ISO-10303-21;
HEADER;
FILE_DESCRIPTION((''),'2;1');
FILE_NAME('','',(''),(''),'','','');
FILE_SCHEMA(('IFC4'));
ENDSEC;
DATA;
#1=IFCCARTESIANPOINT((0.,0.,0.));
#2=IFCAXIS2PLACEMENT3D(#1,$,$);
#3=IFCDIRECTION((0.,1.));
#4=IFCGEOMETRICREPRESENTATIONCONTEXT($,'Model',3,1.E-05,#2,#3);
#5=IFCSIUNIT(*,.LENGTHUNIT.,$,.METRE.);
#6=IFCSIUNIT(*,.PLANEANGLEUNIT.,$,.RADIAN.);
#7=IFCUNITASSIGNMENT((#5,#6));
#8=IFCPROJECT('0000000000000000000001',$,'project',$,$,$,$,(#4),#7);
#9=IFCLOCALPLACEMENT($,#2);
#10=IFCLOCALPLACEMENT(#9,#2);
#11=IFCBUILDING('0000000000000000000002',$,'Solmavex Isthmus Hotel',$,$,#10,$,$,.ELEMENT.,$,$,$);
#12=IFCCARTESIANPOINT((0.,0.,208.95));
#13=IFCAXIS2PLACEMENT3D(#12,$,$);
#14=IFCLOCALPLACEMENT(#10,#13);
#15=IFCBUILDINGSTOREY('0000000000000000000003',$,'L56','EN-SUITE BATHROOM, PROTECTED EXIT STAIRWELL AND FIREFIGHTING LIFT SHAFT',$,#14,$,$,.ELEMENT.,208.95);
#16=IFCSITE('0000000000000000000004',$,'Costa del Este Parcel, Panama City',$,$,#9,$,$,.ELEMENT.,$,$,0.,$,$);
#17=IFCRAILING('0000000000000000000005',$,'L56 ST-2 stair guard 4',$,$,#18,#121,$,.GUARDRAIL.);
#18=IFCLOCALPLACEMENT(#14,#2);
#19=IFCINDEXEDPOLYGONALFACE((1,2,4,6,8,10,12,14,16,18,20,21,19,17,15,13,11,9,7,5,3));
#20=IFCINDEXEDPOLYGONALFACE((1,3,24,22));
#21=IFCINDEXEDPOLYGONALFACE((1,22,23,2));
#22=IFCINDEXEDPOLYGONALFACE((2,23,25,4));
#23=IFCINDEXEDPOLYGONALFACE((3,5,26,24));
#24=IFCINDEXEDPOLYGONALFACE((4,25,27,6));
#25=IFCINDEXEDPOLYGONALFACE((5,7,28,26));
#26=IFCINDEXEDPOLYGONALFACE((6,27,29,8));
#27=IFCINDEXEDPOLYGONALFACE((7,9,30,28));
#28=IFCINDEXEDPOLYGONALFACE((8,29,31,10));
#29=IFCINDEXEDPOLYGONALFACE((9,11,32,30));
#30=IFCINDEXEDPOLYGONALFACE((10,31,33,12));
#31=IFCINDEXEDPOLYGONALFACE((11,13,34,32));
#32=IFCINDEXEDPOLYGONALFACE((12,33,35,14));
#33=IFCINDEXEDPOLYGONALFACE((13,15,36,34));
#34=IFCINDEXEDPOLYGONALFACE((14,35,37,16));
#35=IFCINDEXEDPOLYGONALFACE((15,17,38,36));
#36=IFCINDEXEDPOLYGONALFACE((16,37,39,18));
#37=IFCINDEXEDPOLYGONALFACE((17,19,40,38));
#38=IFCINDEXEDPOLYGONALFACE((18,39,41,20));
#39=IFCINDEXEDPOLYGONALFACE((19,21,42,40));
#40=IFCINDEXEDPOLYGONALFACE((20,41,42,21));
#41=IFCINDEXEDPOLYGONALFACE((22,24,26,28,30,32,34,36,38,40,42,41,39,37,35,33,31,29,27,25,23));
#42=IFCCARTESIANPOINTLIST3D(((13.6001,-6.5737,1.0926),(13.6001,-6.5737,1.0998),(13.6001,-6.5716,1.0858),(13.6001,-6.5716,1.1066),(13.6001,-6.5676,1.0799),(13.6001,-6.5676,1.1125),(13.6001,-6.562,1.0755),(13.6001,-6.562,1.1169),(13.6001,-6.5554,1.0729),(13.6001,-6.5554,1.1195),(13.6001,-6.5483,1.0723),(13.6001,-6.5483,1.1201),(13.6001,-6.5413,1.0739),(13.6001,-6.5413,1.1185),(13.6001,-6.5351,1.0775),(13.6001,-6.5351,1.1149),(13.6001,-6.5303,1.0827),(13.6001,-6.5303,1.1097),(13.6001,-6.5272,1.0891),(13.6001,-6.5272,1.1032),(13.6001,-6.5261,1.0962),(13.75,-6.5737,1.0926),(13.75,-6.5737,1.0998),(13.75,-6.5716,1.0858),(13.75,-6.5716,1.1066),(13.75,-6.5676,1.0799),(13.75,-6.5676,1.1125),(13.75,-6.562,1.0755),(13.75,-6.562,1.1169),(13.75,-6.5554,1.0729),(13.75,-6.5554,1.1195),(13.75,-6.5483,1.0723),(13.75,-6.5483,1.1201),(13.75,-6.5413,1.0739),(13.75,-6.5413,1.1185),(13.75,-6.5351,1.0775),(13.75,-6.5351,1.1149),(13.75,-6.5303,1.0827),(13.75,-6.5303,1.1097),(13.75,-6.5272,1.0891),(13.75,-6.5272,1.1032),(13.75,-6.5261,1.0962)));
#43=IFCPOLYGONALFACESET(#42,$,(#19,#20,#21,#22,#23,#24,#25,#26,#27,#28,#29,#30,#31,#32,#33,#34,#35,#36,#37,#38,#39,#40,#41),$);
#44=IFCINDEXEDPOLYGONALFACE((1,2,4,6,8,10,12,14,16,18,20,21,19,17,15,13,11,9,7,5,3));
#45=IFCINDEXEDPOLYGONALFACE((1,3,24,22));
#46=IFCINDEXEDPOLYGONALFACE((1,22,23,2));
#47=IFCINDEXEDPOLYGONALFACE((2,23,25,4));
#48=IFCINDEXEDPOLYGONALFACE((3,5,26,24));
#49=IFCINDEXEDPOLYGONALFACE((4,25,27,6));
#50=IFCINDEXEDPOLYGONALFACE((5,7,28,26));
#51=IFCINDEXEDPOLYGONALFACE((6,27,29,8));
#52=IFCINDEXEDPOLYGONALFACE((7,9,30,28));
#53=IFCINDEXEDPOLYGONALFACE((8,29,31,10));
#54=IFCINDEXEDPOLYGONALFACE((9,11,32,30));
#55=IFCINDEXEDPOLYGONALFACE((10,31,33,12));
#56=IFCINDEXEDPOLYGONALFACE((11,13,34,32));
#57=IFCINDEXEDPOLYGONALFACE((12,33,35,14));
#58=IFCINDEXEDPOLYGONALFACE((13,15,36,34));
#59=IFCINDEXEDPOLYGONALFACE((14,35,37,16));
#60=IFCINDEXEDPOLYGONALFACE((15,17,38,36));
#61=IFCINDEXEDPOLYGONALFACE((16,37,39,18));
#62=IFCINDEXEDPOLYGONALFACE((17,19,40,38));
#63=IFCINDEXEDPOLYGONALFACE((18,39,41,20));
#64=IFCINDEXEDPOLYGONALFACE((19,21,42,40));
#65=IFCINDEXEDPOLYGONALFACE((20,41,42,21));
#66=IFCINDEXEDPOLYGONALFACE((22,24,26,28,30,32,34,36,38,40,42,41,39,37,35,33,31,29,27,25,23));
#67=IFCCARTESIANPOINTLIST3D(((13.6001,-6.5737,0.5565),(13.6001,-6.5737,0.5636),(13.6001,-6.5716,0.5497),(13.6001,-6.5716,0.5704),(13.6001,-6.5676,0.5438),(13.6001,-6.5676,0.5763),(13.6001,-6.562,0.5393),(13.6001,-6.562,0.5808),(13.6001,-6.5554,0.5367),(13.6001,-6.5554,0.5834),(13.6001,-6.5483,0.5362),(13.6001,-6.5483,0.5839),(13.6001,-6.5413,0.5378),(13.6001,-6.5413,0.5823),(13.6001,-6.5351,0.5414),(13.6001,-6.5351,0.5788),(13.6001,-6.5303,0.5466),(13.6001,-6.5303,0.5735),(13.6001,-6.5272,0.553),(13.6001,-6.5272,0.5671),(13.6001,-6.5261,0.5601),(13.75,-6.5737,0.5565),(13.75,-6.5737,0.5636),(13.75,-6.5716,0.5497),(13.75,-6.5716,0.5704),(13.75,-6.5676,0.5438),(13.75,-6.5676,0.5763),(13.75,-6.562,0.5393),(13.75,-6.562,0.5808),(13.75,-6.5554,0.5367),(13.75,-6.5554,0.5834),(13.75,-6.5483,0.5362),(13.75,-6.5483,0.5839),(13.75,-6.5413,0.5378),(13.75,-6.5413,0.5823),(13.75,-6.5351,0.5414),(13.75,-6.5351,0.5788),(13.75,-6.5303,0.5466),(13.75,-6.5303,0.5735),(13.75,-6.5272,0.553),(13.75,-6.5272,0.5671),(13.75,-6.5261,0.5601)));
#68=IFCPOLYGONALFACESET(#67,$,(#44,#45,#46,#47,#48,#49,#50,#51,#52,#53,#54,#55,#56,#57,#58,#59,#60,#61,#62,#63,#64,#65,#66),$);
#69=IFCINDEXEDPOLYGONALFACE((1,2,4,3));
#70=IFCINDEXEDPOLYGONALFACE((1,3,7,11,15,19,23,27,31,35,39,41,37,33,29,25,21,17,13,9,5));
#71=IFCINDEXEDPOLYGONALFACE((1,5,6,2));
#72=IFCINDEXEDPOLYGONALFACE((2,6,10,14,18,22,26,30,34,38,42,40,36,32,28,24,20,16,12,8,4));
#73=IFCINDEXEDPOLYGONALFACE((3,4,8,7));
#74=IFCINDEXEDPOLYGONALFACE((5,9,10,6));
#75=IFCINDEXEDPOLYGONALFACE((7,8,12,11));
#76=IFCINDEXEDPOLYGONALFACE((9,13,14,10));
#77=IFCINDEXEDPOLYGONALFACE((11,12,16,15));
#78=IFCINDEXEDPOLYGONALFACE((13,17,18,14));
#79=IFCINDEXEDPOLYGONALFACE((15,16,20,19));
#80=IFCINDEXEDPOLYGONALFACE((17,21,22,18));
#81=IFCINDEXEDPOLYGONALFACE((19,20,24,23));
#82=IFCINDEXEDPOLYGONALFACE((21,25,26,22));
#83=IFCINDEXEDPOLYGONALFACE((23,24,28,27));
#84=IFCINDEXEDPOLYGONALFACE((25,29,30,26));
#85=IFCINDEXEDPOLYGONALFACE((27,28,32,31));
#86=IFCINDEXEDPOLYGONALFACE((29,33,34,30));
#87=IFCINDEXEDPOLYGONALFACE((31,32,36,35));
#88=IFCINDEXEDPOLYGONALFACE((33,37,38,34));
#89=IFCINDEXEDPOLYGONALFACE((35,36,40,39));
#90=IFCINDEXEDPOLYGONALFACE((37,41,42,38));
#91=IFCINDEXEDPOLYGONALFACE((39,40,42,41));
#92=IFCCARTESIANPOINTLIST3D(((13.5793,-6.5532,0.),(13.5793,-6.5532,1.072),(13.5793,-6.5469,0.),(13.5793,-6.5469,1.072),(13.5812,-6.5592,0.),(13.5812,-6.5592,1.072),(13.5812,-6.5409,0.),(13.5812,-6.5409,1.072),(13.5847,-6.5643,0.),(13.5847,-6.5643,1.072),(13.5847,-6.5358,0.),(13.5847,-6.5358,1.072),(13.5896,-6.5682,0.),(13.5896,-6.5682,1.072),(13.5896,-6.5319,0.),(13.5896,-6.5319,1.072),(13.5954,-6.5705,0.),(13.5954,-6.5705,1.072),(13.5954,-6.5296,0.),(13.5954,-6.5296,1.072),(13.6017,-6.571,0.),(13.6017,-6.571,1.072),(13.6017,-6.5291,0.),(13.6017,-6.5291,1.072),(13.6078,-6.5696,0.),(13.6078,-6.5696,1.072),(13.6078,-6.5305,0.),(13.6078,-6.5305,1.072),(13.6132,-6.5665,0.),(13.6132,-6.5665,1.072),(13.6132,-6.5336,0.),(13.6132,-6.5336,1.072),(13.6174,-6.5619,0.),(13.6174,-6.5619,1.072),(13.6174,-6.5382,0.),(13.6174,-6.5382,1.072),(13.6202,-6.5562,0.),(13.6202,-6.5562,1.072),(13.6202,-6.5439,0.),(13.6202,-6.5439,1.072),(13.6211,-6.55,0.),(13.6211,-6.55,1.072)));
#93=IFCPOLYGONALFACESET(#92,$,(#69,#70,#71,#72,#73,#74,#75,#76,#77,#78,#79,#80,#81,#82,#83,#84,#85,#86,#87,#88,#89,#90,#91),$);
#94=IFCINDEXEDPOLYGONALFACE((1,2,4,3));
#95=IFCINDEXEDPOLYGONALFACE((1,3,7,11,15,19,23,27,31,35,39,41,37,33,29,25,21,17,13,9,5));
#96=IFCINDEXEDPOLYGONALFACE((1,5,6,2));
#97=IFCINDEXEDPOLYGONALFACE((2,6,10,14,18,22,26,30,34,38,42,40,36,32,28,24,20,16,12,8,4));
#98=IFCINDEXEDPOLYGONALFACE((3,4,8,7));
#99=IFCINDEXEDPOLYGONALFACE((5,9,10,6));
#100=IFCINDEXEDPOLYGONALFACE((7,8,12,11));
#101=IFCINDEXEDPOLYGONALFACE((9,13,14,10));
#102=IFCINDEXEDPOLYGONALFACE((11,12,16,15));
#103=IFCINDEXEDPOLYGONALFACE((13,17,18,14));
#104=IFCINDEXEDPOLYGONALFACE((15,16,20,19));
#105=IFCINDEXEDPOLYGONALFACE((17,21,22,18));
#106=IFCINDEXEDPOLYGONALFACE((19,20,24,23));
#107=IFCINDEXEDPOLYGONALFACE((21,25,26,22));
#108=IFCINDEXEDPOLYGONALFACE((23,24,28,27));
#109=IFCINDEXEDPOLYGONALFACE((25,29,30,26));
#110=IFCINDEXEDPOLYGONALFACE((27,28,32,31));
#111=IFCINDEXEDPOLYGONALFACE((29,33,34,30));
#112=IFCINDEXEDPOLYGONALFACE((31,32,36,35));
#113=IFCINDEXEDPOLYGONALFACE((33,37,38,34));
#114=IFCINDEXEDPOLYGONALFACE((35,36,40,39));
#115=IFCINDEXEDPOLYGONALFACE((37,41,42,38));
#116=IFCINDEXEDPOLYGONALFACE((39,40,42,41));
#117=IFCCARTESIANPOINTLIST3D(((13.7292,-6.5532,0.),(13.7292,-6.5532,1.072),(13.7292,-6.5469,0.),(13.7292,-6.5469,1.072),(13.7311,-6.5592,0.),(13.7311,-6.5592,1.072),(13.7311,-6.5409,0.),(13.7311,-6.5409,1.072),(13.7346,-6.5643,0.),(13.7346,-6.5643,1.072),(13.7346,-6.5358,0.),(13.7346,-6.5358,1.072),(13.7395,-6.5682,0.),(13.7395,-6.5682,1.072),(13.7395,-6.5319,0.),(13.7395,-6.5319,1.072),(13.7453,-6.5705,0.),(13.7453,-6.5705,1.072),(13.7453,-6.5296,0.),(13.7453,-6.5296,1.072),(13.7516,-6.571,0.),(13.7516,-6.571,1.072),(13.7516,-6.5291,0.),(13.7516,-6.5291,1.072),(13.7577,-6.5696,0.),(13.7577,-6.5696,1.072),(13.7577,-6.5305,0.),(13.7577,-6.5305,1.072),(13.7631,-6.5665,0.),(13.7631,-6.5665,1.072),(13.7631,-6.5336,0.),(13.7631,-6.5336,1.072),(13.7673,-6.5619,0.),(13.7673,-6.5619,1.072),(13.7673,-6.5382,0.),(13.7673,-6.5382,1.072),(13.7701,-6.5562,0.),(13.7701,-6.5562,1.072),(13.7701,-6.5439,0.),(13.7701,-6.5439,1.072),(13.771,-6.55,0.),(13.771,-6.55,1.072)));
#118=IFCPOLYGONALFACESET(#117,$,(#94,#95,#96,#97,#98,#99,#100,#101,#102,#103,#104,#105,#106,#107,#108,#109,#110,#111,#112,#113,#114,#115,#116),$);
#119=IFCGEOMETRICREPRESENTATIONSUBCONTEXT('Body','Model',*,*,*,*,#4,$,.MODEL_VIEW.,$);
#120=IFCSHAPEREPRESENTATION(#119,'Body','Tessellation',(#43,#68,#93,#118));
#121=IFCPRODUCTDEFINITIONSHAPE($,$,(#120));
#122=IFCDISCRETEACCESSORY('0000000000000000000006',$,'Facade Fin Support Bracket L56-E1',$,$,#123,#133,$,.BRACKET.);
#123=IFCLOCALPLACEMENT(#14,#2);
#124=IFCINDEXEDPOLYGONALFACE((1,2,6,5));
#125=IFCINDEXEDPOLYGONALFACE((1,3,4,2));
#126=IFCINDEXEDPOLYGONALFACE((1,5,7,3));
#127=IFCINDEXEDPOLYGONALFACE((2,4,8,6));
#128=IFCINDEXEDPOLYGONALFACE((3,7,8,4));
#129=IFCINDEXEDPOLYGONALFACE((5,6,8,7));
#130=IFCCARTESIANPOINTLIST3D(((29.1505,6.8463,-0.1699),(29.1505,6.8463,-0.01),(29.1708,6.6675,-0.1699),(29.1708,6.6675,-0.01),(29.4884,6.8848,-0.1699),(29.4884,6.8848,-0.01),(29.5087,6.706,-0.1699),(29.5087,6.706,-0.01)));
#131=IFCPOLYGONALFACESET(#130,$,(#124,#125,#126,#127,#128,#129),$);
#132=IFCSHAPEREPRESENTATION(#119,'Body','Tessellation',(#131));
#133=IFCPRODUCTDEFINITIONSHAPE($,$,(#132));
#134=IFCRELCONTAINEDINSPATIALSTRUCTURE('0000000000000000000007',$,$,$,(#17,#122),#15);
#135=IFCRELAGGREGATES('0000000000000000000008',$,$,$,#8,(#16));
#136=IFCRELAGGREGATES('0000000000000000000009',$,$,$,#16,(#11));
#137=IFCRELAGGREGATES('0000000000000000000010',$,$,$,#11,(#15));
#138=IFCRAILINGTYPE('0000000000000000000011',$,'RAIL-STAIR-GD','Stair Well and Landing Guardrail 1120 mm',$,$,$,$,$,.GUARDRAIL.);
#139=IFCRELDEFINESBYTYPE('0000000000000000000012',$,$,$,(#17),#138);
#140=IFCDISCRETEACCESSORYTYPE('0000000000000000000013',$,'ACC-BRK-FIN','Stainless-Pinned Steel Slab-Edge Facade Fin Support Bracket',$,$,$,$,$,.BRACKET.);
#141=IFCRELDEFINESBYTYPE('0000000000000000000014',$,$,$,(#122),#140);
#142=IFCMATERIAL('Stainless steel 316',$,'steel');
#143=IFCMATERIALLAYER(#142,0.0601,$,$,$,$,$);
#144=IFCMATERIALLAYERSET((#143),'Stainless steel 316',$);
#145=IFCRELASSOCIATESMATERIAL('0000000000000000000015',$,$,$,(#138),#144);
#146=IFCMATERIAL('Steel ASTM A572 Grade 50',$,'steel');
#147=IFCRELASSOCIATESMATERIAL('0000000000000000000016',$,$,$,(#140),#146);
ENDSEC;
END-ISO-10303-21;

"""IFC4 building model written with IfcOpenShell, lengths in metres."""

from ifc_helpers import new_model, si_unit, direction, frame, origin, origin_2d, place, context, subcontext, project, spatial, rectangle, circle, extrude, material, layer, layer_set, type_object, element, save


model = new_model("IFC4")

# Units and contexts
model_context = context("Model", 3, precision=1e-05, world=origin(), true_north=direction((0.0, 1.0)))
body_context = subcontext(model_context, "Body", "Model", "MODEL_VIEW")
ifc_project = project(units=[si_unit("LENGTHUNIT", "METRE"), si_unit("PLANEANGLEUNIT", "RADIAN")], contexts=[model_context])

# Site, building, storey
site_placement = place(None, origin())
site = spatial("IfcSite", under=ifc_project, at=site_placement, Name="Costa del Este Parcel, Panama City", CompositionType="ELEMENT", RefElevation=0.0)
building_placement = place(site_placement, origin())
building = spatial("IfcBuilding", under=site, at=building_placement, Name="Solmavex Isthmus Hotel", CompositionType="ELEMENT")
storey_placement = place(building_placement, frame((0.0, 0.0, 208.95)))
storey = spatial("IfcBuildingStorey", under=building, at=storey_placement, Name="L56", Description="EN-SUITE BATHROOM, PROTECTED EXIT STAIRWELL AND FIREFIGHTING LIFT SHAFT", CompositionType="ELEMENT", Elevation=208.95)

# Railing
ifc_material_1 = material(Name="Stainless steel 316", Category="steel")
ifc_layer_1 = layer(ifc_material_1, 0.0601)
ifc_layer_set_1 = layer_set([ifc_layer_1], Name="Stainless steel 316")
railing_type_1 = type_object("IfcRailingType", Name="RAIL-STAIR-GD", Description="Stair Well and Landing Guardrail 1120 mm", PredefinedType="GUARDRAIL", material=ifc_layer_set_1)
railing_1_placement = place(storey_placement, frame((13.6001, -6.55, 0.0)))
element("IfcRailing", 1, at=railing_1_placement, inside=storey, type_object=railing_type_1, Name="L56 ST-2 stair guard 4", PredefinedType="GUARDRAIL", context=body_context, shape_type="SweptSolid", body=[
    extrude(circle(Radius=0.0239, at=origin_2d()), frame((0.0, 0.0, 1.0962), z_axis=(1.0, 0.0, 0.0), x_axis=(0.0, 1.0, 0.0)), (0.0, 0.0, 1.0), 0.1499),
    extrude(circle(Radius=0.0239, at=origin_2d()), frame((0.0, 0.0, 0.5601), z_axis=(1.0, 0.0, 0.0), x_axis=(0.0, 1.0, 0.0)), (0.0, 0.0, 1.0), 0.1499),
    extrude(circle(Radius=0.021, at=origin_2d()), origin(), (0.0, 0.0, 1.0), 1.072),
    extrude(circle(Radius=0.021, at=origin_2d()), frame((0.1499, 0.0, 0.0)), (0.0, 0.0, 1.0), 1.072),
])

# Discrete accessory
ifc_material_2 = material(Name="Steel ASTM A572 Grade 50", Category="steel")
discrete_accessory_type = type_object("IfcDiscreteAccessoryType", Name="ACC-BRK-FIN", Description="Stainless-Pinned Steel Slab-Edge Facade Fin Support Bracket", PredefinedType="BRACKET", material=ifc_material_2)
discrete_accessory_placement = place(storey_placement, frame((29.3296, 6.7761, -0.1699), z_axis=(0.0, 0.0, 1.0), x_axis=(0.993572, 0.113203, 0.0)))
element("IfcDiscreteAccessory", 2, at=discrete_accessory_placement, inside=storey, type_object=discrete_accessory_type, Name="Facade Fin Support Bracket L56-E1", PredefinedType="BRACKET", context=body_context, shape_type="SweptSolid", body=[
    extrude(rectangle(XDim=0.3401, YDim=0.1799, at=origin_2d()), origin(), (0.0, 0.0, 1.0), 0.1599),
])

save(model, "model.ifc")
